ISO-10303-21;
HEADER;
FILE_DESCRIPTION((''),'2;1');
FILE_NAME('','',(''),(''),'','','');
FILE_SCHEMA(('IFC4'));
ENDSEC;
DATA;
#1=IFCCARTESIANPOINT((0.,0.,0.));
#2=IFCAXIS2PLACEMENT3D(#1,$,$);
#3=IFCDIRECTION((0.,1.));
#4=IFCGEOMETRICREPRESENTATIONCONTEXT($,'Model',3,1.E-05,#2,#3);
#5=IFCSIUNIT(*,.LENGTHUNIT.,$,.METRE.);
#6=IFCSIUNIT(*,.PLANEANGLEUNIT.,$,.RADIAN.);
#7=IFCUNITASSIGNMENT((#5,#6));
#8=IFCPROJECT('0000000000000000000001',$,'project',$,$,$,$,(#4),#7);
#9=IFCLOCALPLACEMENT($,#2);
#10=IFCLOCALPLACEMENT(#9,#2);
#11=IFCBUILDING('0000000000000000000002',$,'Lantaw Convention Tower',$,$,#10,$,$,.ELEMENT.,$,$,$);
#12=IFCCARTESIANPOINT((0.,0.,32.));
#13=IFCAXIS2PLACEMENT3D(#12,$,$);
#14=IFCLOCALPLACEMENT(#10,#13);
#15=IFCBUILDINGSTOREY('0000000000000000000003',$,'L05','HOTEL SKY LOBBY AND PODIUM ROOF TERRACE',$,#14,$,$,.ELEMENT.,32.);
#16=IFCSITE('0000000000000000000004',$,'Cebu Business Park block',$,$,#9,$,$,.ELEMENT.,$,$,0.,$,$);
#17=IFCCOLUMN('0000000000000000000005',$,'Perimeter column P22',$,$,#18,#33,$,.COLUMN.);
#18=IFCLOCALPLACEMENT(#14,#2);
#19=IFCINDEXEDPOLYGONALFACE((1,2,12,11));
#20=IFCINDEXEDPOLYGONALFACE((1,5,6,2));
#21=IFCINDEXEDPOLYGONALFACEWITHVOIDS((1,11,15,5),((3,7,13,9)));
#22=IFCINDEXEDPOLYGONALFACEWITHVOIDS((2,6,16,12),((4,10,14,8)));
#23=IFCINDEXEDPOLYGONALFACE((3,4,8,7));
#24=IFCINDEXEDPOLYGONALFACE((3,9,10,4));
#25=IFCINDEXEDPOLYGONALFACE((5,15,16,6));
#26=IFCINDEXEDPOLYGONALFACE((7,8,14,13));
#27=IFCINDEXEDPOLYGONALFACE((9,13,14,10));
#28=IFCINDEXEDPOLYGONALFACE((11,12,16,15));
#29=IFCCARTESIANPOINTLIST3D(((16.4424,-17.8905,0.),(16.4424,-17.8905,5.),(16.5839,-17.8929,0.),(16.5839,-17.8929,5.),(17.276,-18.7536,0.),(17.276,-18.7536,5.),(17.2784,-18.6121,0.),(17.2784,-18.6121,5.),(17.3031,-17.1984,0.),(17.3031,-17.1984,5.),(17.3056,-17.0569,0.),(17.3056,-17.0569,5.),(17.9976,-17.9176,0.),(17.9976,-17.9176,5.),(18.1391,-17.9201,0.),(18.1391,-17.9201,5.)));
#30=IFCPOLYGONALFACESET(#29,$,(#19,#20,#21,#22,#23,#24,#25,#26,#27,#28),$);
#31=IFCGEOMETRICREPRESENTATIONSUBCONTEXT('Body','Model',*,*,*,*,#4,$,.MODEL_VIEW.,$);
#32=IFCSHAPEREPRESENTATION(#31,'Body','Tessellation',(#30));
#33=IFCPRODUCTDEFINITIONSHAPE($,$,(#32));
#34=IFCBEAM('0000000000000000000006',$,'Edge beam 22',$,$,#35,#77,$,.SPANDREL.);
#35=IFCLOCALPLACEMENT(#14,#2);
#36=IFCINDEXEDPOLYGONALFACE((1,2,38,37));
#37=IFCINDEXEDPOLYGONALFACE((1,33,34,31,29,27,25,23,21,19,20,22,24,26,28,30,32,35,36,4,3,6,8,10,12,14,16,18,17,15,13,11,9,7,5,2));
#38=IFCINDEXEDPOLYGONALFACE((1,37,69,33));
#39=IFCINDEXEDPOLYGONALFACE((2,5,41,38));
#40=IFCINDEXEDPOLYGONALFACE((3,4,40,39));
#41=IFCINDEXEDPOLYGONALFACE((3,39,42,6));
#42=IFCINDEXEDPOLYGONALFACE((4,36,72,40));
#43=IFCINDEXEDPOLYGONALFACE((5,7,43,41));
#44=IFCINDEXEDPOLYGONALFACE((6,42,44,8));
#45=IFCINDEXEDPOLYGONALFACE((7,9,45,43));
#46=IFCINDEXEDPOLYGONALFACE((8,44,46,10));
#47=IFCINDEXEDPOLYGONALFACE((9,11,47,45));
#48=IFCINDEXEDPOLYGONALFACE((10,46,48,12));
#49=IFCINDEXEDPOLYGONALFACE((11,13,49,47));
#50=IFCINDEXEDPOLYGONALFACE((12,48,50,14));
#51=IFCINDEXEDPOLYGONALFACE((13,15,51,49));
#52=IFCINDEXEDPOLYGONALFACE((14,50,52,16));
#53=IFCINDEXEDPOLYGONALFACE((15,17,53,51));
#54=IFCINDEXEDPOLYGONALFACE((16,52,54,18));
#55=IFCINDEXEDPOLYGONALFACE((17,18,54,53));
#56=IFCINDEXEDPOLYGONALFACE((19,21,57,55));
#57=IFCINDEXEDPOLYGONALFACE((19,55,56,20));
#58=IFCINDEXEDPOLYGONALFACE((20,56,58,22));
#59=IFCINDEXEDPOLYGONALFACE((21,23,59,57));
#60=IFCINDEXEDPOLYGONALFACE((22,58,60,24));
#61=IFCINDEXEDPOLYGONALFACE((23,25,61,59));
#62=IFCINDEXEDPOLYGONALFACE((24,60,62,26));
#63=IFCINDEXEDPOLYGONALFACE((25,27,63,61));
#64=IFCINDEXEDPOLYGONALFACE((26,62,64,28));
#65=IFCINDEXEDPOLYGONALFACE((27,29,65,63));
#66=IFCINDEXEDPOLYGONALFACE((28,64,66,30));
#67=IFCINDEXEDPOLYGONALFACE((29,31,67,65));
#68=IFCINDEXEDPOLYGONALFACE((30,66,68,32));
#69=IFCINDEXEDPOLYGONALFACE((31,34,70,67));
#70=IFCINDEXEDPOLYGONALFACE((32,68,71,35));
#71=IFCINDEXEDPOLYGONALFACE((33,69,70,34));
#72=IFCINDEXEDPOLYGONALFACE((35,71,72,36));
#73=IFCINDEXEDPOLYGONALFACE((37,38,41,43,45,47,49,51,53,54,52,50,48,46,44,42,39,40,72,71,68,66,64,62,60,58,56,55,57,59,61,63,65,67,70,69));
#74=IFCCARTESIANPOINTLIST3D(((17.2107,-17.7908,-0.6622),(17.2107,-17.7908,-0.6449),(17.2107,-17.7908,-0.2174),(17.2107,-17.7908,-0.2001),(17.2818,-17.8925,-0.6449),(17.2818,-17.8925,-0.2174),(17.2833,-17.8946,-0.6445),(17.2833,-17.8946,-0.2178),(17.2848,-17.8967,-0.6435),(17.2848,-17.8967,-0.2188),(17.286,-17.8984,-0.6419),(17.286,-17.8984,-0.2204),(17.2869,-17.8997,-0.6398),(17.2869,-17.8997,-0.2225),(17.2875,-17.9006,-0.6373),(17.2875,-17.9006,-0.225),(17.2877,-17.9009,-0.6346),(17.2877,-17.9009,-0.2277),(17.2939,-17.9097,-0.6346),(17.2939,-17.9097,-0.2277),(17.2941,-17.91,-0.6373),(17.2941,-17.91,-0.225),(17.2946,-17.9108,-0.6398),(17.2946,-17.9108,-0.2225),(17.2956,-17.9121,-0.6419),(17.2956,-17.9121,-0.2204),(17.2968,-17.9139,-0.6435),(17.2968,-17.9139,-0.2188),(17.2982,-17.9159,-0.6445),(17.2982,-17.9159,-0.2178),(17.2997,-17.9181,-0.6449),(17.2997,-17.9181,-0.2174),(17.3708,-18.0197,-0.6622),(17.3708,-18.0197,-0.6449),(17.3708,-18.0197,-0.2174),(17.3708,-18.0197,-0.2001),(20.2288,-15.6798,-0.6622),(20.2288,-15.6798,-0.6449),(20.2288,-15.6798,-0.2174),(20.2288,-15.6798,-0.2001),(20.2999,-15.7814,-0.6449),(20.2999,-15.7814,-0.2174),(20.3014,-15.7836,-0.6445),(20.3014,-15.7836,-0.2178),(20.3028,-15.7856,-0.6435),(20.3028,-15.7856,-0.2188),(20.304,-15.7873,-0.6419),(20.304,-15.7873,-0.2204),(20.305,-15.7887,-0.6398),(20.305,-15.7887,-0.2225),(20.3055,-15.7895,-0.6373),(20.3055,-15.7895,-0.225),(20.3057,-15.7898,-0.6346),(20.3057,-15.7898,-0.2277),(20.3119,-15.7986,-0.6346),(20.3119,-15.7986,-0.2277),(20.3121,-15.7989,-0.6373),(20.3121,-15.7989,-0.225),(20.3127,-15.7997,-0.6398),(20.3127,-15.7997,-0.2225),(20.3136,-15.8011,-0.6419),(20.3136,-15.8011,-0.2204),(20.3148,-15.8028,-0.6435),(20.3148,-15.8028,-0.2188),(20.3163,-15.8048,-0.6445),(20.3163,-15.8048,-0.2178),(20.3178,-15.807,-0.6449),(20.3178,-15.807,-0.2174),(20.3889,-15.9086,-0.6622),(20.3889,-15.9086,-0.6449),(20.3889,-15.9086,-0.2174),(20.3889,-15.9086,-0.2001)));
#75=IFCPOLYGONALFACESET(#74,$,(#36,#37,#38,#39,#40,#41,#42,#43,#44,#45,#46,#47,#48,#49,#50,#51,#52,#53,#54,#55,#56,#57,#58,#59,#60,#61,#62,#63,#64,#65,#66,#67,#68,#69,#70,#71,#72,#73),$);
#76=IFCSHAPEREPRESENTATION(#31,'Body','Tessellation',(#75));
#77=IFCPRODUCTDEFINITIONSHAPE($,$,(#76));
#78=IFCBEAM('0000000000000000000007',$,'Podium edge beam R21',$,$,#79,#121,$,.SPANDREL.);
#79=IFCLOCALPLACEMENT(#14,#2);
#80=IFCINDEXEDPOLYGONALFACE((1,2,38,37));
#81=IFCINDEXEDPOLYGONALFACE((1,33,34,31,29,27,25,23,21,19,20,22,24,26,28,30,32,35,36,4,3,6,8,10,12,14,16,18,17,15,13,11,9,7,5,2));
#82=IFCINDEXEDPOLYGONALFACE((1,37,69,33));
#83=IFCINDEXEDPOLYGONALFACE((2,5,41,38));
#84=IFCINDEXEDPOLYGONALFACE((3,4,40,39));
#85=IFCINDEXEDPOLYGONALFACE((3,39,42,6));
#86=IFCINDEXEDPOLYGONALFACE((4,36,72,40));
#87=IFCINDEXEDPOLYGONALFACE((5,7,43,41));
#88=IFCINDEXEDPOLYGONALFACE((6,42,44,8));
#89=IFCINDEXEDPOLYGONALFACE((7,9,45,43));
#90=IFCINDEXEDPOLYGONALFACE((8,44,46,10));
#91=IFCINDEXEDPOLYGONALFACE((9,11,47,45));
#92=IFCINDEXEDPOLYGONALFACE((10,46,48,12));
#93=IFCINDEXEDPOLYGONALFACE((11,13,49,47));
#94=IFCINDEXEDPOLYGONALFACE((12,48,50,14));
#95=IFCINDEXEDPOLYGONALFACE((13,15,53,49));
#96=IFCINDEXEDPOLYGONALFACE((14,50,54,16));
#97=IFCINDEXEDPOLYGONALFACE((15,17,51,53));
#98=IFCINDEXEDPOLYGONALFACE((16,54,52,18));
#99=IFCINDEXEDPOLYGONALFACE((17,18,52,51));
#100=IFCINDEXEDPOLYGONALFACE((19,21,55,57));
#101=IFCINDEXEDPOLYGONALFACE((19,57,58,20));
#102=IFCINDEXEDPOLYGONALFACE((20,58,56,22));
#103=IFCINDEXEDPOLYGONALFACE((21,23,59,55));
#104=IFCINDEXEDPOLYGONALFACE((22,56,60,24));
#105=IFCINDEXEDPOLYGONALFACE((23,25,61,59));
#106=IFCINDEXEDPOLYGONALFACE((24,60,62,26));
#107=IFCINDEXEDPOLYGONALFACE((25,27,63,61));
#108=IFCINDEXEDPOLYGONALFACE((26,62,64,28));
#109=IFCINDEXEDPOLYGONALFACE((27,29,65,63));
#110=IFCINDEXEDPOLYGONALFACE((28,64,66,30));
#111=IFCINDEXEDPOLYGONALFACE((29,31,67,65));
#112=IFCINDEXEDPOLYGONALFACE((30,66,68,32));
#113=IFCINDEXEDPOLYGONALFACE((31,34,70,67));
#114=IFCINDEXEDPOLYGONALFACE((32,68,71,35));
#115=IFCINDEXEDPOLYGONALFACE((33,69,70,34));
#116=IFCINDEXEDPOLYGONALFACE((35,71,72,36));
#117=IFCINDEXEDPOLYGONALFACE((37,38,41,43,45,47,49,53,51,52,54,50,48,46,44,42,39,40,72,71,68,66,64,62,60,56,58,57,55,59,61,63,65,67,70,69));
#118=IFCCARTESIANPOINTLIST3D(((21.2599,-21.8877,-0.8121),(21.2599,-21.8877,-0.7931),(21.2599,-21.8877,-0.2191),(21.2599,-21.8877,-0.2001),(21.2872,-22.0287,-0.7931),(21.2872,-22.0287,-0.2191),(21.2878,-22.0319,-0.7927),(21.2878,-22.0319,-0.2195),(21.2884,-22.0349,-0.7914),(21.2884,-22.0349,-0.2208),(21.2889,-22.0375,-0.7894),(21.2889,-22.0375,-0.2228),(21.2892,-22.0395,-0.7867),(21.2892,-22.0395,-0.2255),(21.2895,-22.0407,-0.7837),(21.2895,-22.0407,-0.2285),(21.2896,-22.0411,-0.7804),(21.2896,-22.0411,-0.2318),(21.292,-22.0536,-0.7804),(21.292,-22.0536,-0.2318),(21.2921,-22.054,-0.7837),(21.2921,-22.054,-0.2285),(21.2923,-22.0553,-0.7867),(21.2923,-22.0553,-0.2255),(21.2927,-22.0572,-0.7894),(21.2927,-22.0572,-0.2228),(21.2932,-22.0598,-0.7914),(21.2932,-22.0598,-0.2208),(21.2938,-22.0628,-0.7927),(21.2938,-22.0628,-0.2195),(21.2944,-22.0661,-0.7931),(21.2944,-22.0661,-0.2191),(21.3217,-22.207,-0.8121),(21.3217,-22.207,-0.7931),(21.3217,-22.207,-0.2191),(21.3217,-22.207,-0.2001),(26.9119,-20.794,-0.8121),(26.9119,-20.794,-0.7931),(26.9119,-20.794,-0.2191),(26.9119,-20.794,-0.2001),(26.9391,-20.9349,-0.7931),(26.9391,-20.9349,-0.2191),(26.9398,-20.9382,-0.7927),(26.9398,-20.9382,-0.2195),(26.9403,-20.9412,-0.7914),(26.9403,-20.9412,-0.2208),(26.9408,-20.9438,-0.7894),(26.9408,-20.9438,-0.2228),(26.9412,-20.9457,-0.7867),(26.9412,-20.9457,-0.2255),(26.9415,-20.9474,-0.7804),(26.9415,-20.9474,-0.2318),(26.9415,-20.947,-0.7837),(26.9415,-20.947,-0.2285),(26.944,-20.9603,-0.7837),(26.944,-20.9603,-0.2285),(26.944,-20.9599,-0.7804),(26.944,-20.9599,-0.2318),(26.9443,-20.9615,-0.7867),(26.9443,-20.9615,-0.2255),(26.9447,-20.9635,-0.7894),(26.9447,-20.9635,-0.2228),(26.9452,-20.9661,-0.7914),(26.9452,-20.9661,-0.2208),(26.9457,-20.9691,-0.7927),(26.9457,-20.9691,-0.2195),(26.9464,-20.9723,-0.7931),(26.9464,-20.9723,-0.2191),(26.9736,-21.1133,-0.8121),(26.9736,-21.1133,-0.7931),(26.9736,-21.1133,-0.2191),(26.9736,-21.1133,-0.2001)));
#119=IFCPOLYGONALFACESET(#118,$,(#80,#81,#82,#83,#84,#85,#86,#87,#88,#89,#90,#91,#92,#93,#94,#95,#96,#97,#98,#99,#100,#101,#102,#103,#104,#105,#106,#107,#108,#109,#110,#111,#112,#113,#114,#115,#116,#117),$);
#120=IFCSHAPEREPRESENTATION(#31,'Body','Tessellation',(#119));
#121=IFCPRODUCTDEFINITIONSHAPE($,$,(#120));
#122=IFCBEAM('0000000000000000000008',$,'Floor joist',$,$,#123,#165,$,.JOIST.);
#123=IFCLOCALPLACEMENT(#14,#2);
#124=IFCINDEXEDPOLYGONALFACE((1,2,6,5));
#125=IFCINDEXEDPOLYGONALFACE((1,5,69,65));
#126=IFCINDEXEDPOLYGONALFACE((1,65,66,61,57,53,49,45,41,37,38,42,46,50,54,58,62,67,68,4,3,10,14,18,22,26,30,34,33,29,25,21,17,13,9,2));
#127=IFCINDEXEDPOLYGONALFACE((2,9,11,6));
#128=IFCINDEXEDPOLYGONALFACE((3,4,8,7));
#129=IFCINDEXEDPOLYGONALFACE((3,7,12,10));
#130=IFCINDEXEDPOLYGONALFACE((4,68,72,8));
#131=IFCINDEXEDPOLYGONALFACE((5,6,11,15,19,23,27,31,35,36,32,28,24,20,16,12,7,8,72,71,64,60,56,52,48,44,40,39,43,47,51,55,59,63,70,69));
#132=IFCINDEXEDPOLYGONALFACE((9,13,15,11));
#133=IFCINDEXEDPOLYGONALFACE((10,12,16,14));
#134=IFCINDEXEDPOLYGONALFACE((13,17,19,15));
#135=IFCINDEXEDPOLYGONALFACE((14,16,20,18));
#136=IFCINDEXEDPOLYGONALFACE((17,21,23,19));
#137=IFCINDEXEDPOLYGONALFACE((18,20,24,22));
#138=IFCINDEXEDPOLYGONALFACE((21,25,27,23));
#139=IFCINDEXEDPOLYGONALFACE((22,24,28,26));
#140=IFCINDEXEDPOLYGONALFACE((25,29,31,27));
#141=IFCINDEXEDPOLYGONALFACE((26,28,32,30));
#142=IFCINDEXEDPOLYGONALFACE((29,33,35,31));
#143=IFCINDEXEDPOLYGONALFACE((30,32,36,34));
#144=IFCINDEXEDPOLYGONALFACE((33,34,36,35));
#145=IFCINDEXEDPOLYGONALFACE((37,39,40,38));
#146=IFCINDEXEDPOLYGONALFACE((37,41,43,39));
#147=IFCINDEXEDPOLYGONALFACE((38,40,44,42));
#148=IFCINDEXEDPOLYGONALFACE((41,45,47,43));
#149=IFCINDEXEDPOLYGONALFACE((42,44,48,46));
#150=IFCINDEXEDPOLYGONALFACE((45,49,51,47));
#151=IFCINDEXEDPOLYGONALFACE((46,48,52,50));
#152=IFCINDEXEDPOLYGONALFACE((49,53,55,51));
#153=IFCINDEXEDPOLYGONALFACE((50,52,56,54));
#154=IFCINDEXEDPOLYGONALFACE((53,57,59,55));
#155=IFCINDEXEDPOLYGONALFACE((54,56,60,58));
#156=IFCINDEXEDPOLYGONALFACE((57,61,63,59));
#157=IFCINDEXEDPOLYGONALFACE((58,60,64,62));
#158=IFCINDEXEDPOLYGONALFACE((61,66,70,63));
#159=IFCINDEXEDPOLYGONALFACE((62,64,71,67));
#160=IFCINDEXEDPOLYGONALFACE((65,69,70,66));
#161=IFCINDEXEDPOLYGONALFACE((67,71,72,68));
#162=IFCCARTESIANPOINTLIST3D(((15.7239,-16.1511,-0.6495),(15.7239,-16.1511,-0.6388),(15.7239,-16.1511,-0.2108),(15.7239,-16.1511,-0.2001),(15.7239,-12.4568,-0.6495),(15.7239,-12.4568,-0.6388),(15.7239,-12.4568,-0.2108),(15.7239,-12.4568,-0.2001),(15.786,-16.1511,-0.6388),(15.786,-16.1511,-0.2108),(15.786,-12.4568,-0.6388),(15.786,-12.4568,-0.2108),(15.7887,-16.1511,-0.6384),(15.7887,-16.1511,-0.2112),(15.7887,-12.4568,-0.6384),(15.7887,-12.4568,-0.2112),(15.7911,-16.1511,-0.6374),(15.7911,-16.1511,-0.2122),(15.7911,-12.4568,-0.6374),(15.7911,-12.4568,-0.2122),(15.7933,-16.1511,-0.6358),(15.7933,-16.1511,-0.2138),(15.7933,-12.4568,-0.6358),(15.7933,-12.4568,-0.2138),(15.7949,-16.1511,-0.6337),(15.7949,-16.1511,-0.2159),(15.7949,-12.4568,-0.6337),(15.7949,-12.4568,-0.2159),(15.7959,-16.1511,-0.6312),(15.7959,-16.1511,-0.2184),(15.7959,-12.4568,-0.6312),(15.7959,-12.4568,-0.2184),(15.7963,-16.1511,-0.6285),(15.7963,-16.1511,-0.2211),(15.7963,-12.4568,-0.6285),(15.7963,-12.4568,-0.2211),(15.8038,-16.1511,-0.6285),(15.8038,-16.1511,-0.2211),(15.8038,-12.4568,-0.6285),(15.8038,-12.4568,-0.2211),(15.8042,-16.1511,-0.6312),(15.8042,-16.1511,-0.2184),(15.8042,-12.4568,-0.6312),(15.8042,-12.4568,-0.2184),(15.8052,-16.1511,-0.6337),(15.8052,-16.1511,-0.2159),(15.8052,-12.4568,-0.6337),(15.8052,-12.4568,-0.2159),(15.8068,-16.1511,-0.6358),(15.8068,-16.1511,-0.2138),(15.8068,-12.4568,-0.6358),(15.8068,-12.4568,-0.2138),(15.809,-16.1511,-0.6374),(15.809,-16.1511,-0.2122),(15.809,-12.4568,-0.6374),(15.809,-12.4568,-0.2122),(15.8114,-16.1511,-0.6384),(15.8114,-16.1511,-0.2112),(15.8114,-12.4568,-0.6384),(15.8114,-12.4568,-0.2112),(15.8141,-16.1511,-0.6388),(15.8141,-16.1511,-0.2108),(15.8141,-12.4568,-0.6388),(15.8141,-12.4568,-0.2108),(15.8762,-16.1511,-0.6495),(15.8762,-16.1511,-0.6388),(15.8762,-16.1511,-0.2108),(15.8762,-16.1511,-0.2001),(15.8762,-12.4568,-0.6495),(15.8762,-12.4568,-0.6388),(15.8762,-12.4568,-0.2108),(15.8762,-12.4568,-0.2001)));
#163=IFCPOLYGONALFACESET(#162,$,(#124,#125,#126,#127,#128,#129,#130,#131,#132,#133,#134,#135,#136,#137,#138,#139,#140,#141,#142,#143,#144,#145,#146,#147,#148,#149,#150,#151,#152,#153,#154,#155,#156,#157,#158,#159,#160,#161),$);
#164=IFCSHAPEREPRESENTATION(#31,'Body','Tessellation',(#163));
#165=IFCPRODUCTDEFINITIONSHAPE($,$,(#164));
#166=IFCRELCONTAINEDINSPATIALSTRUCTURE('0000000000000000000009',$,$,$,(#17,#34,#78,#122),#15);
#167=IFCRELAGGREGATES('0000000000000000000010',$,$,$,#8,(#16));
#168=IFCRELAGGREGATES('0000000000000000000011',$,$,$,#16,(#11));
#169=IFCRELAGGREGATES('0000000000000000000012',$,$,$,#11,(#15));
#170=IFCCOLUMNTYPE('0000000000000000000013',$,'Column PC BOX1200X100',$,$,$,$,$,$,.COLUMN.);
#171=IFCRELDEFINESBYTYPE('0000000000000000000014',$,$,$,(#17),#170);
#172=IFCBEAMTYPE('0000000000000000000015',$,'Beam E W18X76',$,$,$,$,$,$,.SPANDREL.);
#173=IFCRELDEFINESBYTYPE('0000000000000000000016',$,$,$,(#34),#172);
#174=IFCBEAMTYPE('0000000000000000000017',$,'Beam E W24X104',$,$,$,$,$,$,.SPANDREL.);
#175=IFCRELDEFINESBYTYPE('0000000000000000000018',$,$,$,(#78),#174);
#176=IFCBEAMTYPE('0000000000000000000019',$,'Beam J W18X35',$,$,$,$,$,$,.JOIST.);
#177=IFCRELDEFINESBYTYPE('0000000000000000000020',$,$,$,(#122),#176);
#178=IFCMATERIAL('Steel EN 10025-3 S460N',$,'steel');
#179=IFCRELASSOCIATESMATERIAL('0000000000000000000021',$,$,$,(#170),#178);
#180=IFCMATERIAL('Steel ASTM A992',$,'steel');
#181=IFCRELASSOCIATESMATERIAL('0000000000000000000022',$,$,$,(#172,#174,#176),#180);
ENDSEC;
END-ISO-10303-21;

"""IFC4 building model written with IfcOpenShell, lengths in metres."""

from ifc_helpers import new_model, si_unit, direction, frame, origin, origin_2d, place, context, subcontext, project, spatial, rectangle, hollow_rectangle, i_section, extrude, material, material_profile, profile_set, type_object, element, save


model = new_model("IFC4")

# Units and contexts
model_context = context("Model", 3, precision=1e-05, world=origin(), true_north=direction((0.0, 1.0)))
body_context = subcontext(model_context, "Body", "Model", "MODEL_VIEW")
ifc_project = project(units=[si_unit("LENGTHUNIT", "METRE"), si_unit("PLANEANGLEUNIT", "RADIAN")], contexts=[model_context])

# Site, building, storey
site_placement = place(None, origin())
site = spatial("IfcSite", under=ifc_project, at=site_placement, Name="Cebu Business Park block", CompositionType="ELEMENT", RefElevation=0.0)
building_placement = place(site_placement, origin())
building = spatial("IfcBuilding", under=site, at=building_placement, Name="Lantaw Convention Tower", CompositionType="ELEMENT")
storey_placement = place(building_placement, frame((0.0, 0.0, 32.0)))
storey = spatial("IfcBuildingStorey", under=building, at=storey_placement, Name="L05", Description="HOTEL SKY LOBBY AND PODIUM ROOF TERRACE", CompositionType="ELEMENT", Elevation=32.0)

# Column
ifc_material_1 = material(Name="Steel EN 10025-3 S460N", Category="steel")
ifc_material_profile_1 = material_profile(ifc_material_1, hollow_rectangle(XDim=1.2, YDim=1.2, WallThickness=0.1001, at=origin_2d()), Name="BOX1200X100")
ifc_material_2 = material(Name="Concrete C60/75", Category="concrete")
ifc_material_profile_2 = material_profile(ifc_material_2, rectangle(XDim=1.0, YDim=1.0, at=origin_2d()), Name="Concrete fill of BOX1200X100")
ifc_profile_set_1 = profile_set([ifc_material_profile_1, ifc_material_profile_2], Name="Steel EN 10025-3 S460N")
column_type = type_object("IfcColumnType", Name="Column PC BOX1200X100", PredefinedType="COLUMN", material=ifc_profile_set_1)
column_placement = place(storey_placement, frame((17.2908, -17.9053, 0.0), z_axis=(0.0, 0.0, 1.0), x_axis=(0.71934, 0.694658, 0.0)))
element("IfcColumn", 1, at=column_placement, inside=storey, type_object=column_type, Name="Perimeter column P22", PredefinedType="COLUMN", context=body_context, shape_type="SweptSolid", body=[
    extrude(hollow_rectangle(XDim=1.2, YDim=1.2, WallThickness=0.1001, at=origin_2d()), origin(), (0.0, 0.0, 1.0), 5.0),
])

# Beams
ifc_material_3 = material(Name="Steel ASTM A992", Category="steel")
ifc_material_profile_3 = material_profile(ifc_material_3, i_section(OverallWidth=0.2793, OverallDepth=0.4622, WebThickness=0.0107, FlangeThickness=0.0173, FilletRadius=0.0103, at=origin_2d()), Name="W18X76")
ifc_profile_set_2 = profile_set([ifc_material_profile_3], Name="Steel ASTM A992")
beam_type_1 = type_object("IfcBeamType", Name="Beam E W18X76", PredefinedType="SPANDREL", material=ifc_profile_set_2)
beam_1_placement = place(storey_placement, frame((17.2908, -17.9053, -0.4312), z_axis=(0.819431, 0.573178, 0.0), x_axis=(-0.573178, 0.819431, 0.0)))
element("IfcBeam", 2, at=beam_1_placement, inside=storey, type_object=beam_type_1, Name="Edge beam 22", PredefinedType="SPANDREL", context=body_context, shape_type="SweptSolid", body=[
    extrude(i_section(OverallWidth=0.2793, OverallDepth=0.4622, WebThickness=0.0107, FlangeThickness=0.0173, FilletRadius=0.0103, at=origin_2d()), origin(), (0.0, 0.0, 1.0), 3.6831),
])
ifc_material_profile_4 = material_profile(ifc_material_3, i_section(OverallWidth=0.3252, OverallDepth=0.6121, WebThickness=0.0127, FlangeThickness=0.019, FilletRadius=0.0127, at=origin_2d()), Name="W24X104")
ifc_profile_set_3 = profile_set([ifc_material_profile_4], Name="Steel ASTM A992")
beam_type_2 = type_object("IfcBeamType", Name="Beam E W24X104", PredefinedType="SPANDREL", material=ifc_profile_set_3)
beam_2_placement = place(storey_placement, frame((21.2908, -22.0474, -0.5061), z_axis=(0.981786, 0.189988, 0.0), x_axis=(-0.189988, 0.981786, 0.0)))
element("IfcBeam", 3, at=beam_2_placement, inside=storey, type_object=beam_type_2, Name="Podium edge beam R21", PredefinedType="SPANDREL", context=body_context, shape_type="SweptSolid", body=[
    extrude(i_section(OverallWidth=0.3252, OverallDepth=0.6121, WebThickness=0.0127, FlangeThickness=0.019, FilletRadius=0.0127, at=origin_2d()), origin(), (0.0, 0.0, 1.0), 5.7568),
])
ifc_material_profile_5 = material_profile(ifc_material_3, i_section(OverallWidth=0.1523, OverallDepth=0.4495, WebThickness=0.0076, FlangeThickness=0.0107, FilletRadius=0.0103, at=origin_2d()), Name="W18X35")
ifc_profile_set_4 = profile_set([ifc_material_profile_5], Name="Steel ASTM A992")
beam_type_3 = type_object("IfcBeamType", Name="Beam J W18X35", PredefinedType="JOIST", material=ifc_profile_set_4)
beam_3_placement = place(storey_placement, frame((15.8, -16.1511, -0.4248), z_axis=(0.0, 1.0, 0.0), x_axis=(-1.0, 0.0, 0.0)))
element("IfcBeam", 4, at=beam_3_placement, inside=storey, type_object=beam_type_3, Name="Floor joist", PredefinedType="JOIST", context=body_context, shape_type="SweptSolid", body=[
    extrude(i_section(OverallWidth=0.1523, OverallDepth=0.4495, WebThickness=0.0076, FlangeThickness=0.0107, FilletRadius=0.0103, at=origin_2d()), origin(), (0.0, 0.0, 1.0), 3.6943),
])

save(model, "model.ifc")
